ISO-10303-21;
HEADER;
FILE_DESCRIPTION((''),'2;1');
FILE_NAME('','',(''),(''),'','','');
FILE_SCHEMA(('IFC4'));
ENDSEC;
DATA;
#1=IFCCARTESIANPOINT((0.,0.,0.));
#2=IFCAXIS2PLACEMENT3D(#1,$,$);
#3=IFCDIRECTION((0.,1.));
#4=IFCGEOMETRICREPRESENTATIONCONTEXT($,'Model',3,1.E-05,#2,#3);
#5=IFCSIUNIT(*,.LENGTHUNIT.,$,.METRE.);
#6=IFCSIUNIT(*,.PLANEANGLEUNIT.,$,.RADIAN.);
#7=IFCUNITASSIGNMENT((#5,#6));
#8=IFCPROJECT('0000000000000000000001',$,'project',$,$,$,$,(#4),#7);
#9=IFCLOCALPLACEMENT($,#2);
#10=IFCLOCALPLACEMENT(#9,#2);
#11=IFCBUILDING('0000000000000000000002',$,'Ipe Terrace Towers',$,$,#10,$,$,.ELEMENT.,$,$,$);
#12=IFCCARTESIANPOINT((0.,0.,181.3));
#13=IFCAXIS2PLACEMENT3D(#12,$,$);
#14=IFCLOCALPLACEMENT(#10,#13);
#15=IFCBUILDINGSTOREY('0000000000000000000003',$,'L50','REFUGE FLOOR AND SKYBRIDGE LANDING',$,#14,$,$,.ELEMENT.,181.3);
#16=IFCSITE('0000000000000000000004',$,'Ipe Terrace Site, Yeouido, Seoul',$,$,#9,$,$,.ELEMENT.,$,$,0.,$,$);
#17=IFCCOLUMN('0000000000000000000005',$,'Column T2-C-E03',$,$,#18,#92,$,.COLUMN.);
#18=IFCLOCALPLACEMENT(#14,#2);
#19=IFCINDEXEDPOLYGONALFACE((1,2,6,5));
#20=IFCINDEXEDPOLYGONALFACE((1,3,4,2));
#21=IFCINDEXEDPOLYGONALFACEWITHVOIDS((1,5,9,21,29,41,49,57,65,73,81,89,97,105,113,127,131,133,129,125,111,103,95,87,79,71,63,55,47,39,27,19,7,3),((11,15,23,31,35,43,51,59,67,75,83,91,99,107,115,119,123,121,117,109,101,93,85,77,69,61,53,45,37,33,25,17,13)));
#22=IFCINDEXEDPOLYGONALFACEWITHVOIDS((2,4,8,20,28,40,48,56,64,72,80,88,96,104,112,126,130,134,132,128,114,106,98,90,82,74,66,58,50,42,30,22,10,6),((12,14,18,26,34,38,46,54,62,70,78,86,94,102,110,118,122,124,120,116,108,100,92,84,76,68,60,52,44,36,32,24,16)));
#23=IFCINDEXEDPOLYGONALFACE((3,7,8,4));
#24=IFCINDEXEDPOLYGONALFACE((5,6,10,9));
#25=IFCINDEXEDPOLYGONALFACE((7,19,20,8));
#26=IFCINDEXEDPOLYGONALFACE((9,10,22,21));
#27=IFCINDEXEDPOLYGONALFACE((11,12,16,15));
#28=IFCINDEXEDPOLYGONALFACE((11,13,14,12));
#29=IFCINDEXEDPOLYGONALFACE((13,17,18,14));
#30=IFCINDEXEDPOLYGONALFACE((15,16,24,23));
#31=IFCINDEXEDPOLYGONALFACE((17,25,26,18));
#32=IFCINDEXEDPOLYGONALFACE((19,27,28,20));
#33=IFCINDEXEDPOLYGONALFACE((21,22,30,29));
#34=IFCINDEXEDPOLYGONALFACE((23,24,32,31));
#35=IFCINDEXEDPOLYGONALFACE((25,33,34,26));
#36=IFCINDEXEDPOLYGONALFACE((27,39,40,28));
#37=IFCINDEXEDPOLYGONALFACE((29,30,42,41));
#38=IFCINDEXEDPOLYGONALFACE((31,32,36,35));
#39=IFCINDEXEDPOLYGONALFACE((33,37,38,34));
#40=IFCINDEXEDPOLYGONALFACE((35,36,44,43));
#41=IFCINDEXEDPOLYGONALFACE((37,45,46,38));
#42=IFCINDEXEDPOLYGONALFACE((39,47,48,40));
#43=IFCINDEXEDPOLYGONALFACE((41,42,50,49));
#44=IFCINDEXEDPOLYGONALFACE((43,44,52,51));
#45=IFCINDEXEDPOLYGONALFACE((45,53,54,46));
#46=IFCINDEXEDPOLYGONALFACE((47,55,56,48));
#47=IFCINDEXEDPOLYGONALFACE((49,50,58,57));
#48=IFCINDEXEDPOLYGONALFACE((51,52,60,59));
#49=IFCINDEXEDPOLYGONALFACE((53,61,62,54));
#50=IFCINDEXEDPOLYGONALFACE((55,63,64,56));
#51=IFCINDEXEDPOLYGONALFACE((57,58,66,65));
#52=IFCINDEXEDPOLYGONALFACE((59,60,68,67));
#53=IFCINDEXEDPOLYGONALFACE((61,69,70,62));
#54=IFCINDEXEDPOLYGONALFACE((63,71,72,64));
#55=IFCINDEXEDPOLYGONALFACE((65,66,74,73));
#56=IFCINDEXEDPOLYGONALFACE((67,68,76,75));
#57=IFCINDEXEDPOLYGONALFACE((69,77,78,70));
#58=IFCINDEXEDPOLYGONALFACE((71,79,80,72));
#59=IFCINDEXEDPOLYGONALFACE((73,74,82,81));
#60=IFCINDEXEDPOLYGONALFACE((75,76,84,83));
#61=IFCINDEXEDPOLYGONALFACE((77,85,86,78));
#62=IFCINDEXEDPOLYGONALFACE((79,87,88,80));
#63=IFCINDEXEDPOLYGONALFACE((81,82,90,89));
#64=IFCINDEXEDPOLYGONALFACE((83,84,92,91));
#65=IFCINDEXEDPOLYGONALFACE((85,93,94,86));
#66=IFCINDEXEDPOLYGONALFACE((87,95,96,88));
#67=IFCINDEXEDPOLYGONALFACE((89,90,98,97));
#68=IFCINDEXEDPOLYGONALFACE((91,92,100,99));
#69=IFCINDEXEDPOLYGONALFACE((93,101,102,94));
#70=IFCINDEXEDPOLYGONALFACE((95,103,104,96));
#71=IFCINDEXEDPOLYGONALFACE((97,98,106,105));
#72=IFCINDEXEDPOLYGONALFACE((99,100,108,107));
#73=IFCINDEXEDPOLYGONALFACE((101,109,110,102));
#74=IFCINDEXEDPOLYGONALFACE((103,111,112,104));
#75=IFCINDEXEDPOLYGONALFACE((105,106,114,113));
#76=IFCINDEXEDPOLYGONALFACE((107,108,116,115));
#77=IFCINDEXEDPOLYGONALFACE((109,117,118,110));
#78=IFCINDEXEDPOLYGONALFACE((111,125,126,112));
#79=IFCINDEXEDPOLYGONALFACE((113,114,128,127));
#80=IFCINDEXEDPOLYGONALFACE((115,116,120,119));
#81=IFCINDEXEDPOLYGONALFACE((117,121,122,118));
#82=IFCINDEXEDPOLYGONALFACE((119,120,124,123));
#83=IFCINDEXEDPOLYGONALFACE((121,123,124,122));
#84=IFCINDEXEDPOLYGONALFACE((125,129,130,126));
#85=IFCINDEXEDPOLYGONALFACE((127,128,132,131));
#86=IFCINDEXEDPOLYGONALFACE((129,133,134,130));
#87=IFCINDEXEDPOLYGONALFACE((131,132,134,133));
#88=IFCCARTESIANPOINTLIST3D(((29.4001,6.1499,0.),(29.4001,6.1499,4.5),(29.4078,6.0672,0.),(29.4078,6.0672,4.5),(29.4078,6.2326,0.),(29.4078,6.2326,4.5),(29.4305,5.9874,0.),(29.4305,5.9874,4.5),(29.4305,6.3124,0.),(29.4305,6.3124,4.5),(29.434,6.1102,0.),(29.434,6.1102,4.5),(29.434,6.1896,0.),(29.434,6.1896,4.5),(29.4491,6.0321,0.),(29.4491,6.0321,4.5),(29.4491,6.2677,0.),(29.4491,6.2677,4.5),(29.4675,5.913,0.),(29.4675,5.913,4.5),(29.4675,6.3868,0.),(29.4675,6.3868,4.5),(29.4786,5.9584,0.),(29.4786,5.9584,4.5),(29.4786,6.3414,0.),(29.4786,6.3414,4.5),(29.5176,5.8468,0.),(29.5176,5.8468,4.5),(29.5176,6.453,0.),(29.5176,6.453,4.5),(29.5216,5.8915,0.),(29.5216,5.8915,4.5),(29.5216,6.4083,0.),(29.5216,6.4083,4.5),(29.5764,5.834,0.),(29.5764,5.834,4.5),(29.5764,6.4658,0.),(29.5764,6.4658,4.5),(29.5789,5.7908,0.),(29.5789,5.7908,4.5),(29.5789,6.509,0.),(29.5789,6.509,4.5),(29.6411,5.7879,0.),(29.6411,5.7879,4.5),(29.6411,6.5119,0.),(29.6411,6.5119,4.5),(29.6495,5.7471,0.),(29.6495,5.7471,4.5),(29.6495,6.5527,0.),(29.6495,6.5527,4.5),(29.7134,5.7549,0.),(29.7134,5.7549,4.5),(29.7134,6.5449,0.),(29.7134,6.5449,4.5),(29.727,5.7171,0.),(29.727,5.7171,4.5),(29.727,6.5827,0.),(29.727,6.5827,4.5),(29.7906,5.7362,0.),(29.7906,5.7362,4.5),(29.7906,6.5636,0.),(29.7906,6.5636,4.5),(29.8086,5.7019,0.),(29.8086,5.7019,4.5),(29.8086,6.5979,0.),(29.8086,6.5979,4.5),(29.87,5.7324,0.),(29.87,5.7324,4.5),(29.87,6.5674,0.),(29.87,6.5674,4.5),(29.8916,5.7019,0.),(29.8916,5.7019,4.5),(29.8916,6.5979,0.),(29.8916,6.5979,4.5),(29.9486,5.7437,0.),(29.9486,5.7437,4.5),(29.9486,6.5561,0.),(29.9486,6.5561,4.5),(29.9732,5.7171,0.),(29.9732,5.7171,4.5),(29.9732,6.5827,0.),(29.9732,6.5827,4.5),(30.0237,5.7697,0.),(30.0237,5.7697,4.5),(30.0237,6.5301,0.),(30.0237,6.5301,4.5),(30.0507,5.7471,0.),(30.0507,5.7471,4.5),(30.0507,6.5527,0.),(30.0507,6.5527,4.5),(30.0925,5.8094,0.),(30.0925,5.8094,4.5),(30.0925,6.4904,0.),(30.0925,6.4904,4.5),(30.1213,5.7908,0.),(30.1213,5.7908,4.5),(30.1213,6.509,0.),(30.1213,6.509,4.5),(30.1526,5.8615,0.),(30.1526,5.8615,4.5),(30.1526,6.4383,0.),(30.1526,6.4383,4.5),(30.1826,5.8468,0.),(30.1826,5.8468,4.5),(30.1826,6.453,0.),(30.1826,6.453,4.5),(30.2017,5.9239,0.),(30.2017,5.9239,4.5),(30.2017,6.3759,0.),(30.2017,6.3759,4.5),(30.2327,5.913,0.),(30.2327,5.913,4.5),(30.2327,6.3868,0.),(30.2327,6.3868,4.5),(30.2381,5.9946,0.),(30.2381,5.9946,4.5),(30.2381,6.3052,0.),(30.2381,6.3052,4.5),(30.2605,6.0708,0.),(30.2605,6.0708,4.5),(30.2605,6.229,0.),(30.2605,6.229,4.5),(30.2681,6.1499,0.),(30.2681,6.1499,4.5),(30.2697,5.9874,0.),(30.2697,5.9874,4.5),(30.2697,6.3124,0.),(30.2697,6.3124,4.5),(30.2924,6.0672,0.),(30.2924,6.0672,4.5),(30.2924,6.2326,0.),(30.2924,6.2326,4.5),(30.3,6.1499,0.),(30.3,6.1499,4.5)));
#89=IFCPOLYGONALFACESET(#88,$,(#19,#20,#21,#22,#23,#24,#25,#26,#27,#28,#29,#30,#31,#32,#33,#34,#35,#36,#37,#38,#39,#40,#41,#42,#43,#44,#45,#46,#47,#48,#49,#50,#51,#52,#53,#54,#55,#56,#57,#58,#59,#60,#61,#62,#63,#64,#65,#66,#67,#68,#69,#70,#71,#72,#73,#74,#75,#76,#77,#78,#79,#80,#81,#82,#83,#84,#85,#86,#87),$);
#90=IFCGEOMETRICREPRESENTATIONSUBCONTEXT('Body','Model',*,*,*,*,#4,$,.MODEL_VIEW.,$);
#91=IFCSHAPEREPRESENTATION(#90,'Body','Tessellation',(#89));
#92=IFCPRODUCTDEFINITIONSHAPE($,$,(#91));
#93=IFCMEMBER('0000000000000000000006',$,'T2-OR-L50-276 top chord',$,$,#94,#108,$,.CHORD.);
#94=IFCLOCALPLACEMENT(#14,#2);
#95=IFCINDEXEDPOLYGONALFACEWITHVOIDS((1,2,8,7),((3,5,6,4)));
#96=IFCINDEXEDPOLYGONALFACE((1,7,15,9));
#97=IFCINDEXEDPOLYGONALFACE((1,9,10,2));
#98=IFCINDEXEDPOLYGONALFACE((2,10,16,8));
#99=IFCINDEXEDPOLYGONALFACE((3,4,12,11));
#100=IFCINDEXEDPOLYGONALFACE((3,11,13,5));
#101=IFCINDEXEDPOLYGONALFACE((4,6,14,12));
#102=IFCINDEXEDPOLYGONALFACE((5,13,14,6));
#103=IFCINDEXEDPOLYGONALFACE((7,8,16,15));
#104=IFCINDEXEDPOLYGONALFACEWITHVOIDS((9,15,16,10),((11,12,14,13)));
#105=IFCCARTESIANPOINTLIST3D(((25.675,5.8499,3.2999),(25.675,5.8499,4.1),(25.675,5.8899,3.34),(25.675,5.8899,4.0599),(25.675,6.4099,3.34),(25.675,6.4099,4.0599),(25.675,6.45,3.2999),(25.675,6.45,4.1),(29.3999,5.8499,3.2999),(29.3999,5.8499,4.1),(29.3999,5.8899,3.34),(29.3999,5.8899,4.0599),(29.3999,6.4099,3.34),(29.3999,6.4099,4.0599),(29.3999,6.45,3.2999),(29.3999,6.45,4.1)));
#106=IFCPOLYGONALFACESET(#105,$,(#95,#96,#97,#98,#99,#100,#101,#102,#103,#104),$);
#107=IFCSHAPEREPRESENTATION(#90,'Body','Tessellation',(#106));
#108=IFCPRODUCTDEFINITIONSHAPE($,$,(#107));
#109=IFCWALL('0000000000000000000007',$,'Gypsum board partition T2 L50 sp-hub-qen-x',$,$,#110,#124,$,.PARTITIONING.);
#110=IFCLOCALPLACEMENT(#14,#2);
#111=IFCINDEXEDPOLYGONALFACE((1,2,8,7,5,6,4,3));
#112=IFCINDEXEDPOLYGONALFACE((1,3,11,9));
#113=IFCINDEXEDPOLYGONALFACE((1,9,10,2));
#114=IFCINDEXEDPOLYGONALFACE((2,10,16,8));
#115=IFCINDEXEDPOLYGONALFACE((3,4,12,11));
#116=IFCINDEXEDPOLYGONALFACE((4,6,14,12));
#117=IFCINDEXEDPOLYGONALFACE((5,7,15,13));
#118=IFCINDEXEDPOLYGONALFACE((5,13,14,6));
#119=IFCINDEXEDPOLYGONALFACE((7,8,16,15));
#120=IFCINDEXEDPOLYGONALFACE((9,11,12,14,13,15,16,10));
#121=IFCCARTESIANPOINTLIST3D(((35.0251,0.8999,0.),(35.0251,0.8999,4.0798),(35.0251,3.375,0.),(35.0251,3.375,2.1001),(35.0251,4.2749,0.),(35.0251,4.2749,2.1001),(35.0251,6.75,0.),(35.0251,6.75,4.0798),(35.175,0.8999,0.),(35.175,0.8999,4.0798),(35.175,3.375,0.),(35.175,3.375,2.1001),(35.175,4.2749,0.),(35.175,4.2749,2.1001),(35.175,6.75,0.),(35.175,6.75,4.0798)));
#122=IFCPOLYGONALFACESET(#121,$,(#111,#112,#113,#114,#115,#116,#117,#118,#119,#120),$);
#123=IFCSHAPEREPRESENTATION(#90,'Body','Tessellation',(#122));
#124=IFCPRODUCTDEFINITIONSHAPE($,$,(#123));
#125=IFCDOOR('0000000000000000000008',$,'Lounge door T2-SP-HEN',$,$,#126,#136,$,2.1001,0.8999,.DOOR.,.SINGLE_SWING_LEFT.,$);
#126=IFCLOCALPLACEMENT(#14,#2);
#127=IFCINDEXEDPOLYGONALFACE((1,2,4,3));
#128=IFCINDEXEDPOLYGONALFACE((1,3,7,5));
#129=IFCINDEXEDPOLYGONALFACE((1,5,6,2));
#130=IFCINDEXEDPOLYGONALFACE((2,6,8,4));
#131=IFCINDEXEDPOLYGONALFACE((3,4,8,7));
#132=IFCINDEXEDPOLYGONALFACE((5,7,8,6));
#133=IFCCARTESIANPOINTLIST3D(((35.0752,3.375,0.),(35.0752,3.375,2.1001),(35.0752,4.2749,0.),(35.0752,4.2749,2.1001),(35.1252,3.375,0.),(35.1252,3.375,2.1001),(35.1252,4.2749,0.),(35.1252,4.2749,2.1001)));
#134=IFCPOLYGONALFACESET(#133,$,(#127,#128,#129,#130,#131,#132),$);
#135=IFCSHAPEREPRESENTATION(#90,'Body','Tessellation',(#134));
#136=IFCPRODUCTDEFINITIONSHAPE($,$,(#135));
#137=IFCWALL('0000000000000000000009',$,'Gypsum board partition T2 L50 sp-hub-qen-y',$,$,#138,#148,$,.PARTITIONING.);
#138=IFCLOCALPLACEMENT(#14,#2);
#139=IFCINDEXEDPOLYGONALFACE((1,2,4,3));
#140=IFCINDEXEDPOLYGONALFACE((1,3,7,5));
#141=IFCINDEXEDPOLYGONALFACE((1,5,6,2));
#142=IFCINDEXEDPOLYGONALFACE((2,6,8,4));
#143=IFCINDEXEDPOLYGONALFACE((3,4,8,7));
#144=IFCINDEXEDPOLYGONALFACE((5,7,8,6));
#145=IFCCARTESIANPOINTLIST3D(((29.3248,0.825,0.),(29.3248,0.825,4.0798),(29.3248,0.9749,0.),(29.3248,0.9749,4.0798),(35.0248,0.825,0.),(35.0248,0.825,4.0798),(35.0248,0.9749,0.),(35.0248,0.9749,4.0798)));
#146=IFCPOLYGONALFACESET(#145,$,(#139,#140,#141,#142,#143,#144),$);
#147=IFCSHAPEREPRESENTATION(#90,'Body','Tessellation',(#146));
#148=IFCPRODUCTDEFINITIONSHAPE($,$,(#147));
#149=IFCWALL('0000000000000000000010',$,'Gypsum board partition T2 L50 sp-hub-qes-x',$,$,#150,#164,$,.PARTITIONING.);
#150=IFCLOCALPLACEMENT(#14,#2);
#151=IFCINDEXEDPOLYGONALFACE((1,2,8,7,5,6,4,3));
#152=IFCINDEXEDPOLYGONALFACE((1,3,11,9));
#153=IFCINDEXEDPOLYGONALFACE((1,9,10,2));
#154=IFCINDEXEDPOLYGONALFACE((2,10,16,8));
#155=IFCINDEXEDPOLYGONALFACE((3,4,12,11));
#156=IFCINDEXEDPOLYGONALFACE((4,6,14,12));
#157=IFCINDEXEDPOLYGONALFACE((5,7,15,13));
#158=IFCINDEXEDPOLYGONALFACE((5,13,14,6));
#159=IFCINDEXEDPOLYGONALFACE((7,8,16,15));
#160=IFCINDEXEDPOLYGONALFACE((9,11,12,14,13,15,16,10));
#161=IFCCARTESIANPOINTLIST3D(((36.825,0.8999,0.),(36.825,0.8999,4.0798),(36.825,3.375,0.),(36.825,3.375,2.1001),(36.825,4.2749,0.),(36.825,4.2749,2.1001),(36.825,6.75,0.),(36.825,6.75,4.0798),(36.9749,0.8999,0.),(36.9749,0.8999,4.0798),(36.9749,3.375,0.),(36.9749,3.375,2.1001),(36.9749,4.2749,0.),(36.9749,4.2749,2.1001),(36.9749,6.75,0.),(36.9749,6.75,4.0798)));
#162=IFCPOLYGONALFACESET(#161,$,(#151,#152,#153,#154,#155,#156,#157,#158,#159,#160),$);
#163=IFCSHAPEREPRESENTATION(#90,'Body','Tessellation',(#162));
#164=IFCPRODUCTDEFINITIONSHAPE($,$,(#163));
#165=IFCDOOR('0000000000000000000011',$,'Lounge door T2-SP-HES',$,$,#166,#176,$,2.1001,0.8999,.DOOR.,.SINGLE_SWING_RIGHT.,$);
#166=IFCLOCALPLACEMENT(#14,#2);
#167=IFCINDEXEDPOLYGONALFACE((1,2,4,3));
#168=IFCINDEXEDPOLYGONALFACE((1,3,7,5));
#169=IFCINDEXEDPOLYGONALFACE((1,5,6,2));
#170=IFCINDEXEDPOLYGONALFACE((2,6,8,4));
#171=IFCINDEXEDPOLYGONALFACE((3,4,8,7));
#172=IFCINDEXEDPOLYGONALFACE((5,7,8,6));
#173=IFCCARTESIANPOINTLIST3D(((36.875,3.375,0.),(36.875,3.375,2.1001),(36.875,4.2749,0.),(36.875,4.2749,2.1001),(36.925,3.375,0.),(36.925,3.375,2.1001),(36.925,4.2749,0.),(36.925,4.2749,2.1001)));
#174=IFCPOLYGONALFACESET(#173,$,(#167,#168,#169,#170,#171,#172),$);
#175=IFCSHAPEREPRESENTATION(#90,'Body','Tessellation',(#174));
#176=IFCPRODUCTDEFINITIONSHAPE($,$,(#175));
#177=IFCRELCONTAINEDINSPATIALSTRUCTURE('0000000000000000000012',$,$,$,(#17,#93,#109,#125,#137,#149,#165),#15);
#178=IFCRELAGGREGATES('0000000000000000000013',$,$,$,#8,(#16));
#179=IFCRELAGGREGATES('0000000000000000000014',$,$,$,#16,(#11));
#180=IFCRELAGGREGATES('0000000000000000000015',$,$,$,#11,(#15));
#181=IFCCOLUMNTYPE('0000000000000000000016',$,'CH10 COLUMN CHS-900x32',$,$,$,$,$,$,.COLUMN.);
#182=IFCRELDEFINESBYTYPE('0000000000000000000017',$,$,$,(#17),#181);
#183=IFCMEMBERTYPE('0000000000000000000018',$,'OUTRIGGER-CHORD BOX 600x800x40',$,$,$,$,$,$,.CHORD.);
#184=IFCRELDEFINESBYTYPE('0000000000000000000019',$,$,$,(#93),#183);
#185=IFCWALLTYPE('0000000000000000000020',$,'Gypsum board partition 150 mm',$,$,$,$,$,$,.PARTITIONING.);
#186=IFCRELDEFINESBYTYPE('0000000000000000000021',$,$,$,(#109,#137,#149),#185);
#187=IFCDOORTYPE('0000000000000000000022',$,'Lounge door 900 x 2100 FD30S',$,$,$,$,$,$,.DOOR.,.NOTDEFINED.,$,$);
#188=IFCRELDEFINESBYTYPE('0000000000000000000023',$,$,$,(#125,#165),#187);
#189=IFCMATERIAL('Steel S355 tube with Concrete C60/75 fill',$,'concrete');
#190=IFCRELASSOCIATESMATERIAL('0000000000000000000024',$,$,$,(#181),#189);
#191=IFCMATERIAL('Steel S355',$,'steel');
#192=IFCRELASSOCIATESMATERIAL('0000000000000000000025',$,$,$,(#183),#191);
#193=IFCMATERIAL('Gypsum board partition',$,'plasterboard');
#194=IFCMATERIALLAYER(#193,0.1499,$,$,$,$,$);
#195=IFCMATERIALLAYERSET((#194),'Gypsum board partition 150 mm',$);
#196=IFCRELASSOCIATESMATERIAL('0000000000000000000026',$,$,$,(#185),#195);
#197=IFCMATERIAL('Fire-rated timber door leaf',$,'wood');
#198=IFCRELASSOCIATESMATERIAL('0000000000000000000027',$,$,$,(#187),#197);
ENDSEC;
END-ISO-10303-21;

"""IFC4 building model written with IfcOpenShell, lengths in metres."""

from ifc_helpers import new_model, si_unit, direction, frame, frame_2d, origin, origin_2d, place, context, subcontext, project, spatial, rectangle, hollow_rectangle, hollow_circle, extrude, material, layer, layer_set, material_profile, profile_set, type_object, element, fill, save


model = new_model("IFC4")

# Units and contexts
model_context = context("Model", 3, precision=1e-05, world=origin(), true_north=direction((0.0, 1.0)))
body_context = subcontext(model_context, "Body", "Model", "MODEL_VIEW")
ifc_project = project(units=[si_unit("LENGTHUNIT", "METRE"), si_unit("PLANEANGLEUNIT", "RADIAN")], contexts=[model_context])

# Site, building, storey
site_placement = place(None, origin())
site = spatial("IfcSite", under=ifc_project, at=site_placement, Name="Ipe Terrace Site, Yeouido, Seoul", CompositionType="ELEMENT", RefElevation=0.0)
building_placement = place(site_placement, origin())
building = spatial("IfcBuilding", under=site, at=building_placement, Name="Ipe Terrace Towers", CompositionType="ELEMENT")
storey_placement = place(building_placement, frame((0.0, 0.0, 181.3)))
storey = spatial("IfcBuildingStorey", under=building, at=storey_placement, Name="L50", Description="REFUGE FLOOR AND SKYBRIDGE LANDING", CompositionType="ELEMENT", Elevation=181.3)

# Column
ifc_material_1 = material(Name="Steel S355 tube with Concrete C60/75 fill", Category="concrete")
ifc_material_profile_1 = material_profile(ifc_material_1, hollow_circle(Radius=0.45, WallThickness=0.032, at=origin_2d()), Name="CHS-900x32")
ifc_profile_set_1 = profile_set([ifc_material_profile_1], Name="Steel S355 tube with Concrete C60/75 fill")
column_type = type_object("IfcColumnType", Name="CH10 COLUMN CHS-900x32", PredefinedType="COLUMN", material=ifc_profile_set_1)
for number, where, z_axis, x_axis, name in (
    (1, (29.8501, 6.1499, 0.0), (0.0, 0.0, 1.0), (1.0, 0.0, 0.0), "Column T2-C-E03"),
):
    element("IfcColumn", number, at=place(storey_placement, frame(where, z_axis=z_axis, x_axis=x_axis)), inside=storey, type_object=column_type, Name=name, PredefinedType="COLUMN", context=body_context, shape_type="SweptSolid", body=[
        extrude(hollow_circle(Radius=0.45, WallThickness=0.032, at=origin_2d()), origin(), (0.0, 0.0, 1.0), 4.5),
    ])

# Member
ifc_material_2 = material(Name="Steel S355", Category="steel")
ifc_material_profile_2 = material_profile(ifc_material_2, hollow_rectangle(XDim=0.6001, YDim=0.8, WallThickness=0.04, at=origin_2d()), Name="OUTRIGGER-CHORD BOX 600x800x40")
ifc_profile_set_2 = profile_set([ifc_material_profile_2], Name="Steel S355")
member_type = type_object("IfcMemberType", Name="OUTRIGGER-CHORD BOX 600x800x40", PredefinedType="CHORD", material=ifc_profile_set_2)
member_placement = place(storey_placement, frame((29.3999, 6.1499, 3.7), z_axis=(-1.0, 0.0, 0.0), x_axis=(0.0, -1.0, 0.0)))
element("IfcMember", 2, at=member_placement, inside=storey, type_object=member_type, Name="T2-OR-L50-276 top chord", PredefinedType="CHORD", context=body_context, shape_type="SweptSolid", body=[
    extrude(hollow_rectangle(XDim=0.6001, YDim=0.8, WallThickness=0.04, at=origin_2d()), origin(), (0.0, 0.0, 1.0), 3.7249),
])

# Wall, opening, door
ifc_material_3 = material(Name="Gypsum board partition", Category="plasterboard")
ifc_layer = layer(ifc_material_3, 0.1499)
ifc_layer_set = layer_set([ifc_layer], Name="Gypsum board partition 150 mm")
wall_type = type_object("IfcWallType", Name="Gypsum board partition 150 mm", PredefinedType="PARTITIONING", material=ifc_layer_set)
wall_1_placement = place(storey_placement, frame((35.1001, 0.8999, 0.0), z_axis=(0.0, 0.0, 1.0), x_axis=(0.0, 1.0, 0.0)))
wall_1 = element("IfcWall", 3, at=wall_1_placement, inside=storey, type_object=wall_type, Name="Gypsum board partition T2 L50 sp-hub-qen-x", PredefinedType="PARTITIONING", context=body_context, shape_type="SweptSolid", body=[
    extrude(rectangle(XDim=5.8501, YDim=0.1499, at=frame_2d((2.925, 0.0))), origin(), (0.0, 0.0, 1.0), 4.0798),
])
opening_1_placement = place(wall_1_placement, frame((2.4751, 0.0, 0.0)))
opening_1 = element("IfcOpeningElement", 4, at=opening_1_placement, cuts=wall_1, PredefinedType="OPENING", context=body_context, shape_type="SweptSolid", body=[
    extrude(rectangle(XDim=0.8999, YDim=2.1001, at=frame_2d((0.45, 1.05))), frame((0.0, 0.085, 0.0), z_axis=(0.0, -1.0, 0.0), x_axis=(1.0, 0.0, 0.0)), (0.0, 0.0, 1.0), 0.1699),
])
ifc_material_4 = material(Name="Fire-rated timber door leaf", Category="wood")
door_type_1 = type_object("IfcDoorType", Name="Lounge door 900 x 2100 FD30S", OperationType="NOTDEFINED", PredefinedType="DOOR", material=ifc_material_4)
door_1_placement = place(opening_1_placement, origin())
door_1 = element("IfcDoor", 5, at=door_1_placement, inside=storey, type_object=door_type_1, Name="Lounge door T2-SP-HEN", OperationType="SINGLE_SWING_LEFT", OverallHeight=2.1001, OverallWidth=0.8999, PredefinedType="DOOR", context=body_context, shape_type="SweptSolid", body=[
    extrude(rectangle(XDim=0.8999, YDim=2.1001, at=frame_2d((0.45, 1.05))), frame((0.0, 0.0249, 0.0), z_axis=(0.0, -1.0, 0.0), x_axis=(1.0, 0.0, 0.0)), (0.0, 0.0, 1.0), 0.05),
])
fill(opening_1, door_1)

# Wall
wall_2_placement = place(storey_placement, frame((35.0249, 0.8999, 0.0), z_axis=(0.0, 0.0, 1.0), x_axis=(-1.0, 0.0, 0.0)))
element("IfcWall", 6, at=wall_2_placement, inside=storey, type_object=wall_type, Name="Gypsum board partition T2 L50 sp-hub-qen-y", PredefinedType="PARTITIONING", context=body_context, shape_type="SweptSolid", body=[
    extrude(rectangle(XDim=5.7, YDim=0.1499, at=frame_2d((2.8501, 0.0))), origin(), (0.0, 0.0, 1.0), 4.0798),
])

# Wall, opening, door
wall_3_placement = place(storey_placement, frame((36.8999, 0.8999, 0.0), z_axis=(0.0, 0.0, 1.0), x_axis=(0.0, 1.0, 0.0)))
wall_3 = element("IfcWall", 7, at=wall_3_placement, inside=storey, type_object=wall_type, Name="Gypsum board partition T2 L50 sp-hub-qes-x", PredefinedType="PARTITIONING", context=body_context, shape_type="SweptSolid", body=[
    extrude(rectangle(XDim=5.8501, YDim=0.1499, at=frame_2d((2.925, 0.0))), origin(), (0.0, 0.0, 1.0), 4.0798),
])
opening_2_placement = place(wall_3_placement, frame((2.4751, 0.0, 0.0)))
opening_2 = element("IfcOpeningElement", 8, at=opening_2_placement, cuts=wall_3, PredefinedType="OPENING", context=body_context, shape_type="SweptSolid", body=[
    extrude(rectangle(XDim=0.8999, YDim=2.1001, at=frame_2d((0.45, 1.05))), frame((0.0, 0.085, 0.0), z_axis=(0.0, -1.0, 0.0), x_axis=(1.0, 0.0, 0.0)), (0.0, 0.0, 1.0), 0.1699),
])
door_2_placement = place(opening_2_placement, origin())
door_2 = element("IfcDoor", 9, at=door_2_placement, inside=storey, type_object=door_type_1, Name="Lounge door T2-SP-HES", OperationType="SINGLE_SWING_RIGHT", OverallHeight=2.1001, OverallWidth=0.8999, PredefinedType="DOOR", context=body_context, shape_type="SweptSolid", body=[
    extrude(rectangle(XDim=0.8999, YDim=2.1001, at=frame_2d((0.45, 1.05))), frame((0.0, 0.0249, 0.0), z_axis=(0.0, -1.0, 0.0), x_axis=(1.0, 0.0, 0.0)), (0.0, 0.0, 1.0), 0.05),
])
fill(opening_2, door_2)

save(model, "model.ifc")
